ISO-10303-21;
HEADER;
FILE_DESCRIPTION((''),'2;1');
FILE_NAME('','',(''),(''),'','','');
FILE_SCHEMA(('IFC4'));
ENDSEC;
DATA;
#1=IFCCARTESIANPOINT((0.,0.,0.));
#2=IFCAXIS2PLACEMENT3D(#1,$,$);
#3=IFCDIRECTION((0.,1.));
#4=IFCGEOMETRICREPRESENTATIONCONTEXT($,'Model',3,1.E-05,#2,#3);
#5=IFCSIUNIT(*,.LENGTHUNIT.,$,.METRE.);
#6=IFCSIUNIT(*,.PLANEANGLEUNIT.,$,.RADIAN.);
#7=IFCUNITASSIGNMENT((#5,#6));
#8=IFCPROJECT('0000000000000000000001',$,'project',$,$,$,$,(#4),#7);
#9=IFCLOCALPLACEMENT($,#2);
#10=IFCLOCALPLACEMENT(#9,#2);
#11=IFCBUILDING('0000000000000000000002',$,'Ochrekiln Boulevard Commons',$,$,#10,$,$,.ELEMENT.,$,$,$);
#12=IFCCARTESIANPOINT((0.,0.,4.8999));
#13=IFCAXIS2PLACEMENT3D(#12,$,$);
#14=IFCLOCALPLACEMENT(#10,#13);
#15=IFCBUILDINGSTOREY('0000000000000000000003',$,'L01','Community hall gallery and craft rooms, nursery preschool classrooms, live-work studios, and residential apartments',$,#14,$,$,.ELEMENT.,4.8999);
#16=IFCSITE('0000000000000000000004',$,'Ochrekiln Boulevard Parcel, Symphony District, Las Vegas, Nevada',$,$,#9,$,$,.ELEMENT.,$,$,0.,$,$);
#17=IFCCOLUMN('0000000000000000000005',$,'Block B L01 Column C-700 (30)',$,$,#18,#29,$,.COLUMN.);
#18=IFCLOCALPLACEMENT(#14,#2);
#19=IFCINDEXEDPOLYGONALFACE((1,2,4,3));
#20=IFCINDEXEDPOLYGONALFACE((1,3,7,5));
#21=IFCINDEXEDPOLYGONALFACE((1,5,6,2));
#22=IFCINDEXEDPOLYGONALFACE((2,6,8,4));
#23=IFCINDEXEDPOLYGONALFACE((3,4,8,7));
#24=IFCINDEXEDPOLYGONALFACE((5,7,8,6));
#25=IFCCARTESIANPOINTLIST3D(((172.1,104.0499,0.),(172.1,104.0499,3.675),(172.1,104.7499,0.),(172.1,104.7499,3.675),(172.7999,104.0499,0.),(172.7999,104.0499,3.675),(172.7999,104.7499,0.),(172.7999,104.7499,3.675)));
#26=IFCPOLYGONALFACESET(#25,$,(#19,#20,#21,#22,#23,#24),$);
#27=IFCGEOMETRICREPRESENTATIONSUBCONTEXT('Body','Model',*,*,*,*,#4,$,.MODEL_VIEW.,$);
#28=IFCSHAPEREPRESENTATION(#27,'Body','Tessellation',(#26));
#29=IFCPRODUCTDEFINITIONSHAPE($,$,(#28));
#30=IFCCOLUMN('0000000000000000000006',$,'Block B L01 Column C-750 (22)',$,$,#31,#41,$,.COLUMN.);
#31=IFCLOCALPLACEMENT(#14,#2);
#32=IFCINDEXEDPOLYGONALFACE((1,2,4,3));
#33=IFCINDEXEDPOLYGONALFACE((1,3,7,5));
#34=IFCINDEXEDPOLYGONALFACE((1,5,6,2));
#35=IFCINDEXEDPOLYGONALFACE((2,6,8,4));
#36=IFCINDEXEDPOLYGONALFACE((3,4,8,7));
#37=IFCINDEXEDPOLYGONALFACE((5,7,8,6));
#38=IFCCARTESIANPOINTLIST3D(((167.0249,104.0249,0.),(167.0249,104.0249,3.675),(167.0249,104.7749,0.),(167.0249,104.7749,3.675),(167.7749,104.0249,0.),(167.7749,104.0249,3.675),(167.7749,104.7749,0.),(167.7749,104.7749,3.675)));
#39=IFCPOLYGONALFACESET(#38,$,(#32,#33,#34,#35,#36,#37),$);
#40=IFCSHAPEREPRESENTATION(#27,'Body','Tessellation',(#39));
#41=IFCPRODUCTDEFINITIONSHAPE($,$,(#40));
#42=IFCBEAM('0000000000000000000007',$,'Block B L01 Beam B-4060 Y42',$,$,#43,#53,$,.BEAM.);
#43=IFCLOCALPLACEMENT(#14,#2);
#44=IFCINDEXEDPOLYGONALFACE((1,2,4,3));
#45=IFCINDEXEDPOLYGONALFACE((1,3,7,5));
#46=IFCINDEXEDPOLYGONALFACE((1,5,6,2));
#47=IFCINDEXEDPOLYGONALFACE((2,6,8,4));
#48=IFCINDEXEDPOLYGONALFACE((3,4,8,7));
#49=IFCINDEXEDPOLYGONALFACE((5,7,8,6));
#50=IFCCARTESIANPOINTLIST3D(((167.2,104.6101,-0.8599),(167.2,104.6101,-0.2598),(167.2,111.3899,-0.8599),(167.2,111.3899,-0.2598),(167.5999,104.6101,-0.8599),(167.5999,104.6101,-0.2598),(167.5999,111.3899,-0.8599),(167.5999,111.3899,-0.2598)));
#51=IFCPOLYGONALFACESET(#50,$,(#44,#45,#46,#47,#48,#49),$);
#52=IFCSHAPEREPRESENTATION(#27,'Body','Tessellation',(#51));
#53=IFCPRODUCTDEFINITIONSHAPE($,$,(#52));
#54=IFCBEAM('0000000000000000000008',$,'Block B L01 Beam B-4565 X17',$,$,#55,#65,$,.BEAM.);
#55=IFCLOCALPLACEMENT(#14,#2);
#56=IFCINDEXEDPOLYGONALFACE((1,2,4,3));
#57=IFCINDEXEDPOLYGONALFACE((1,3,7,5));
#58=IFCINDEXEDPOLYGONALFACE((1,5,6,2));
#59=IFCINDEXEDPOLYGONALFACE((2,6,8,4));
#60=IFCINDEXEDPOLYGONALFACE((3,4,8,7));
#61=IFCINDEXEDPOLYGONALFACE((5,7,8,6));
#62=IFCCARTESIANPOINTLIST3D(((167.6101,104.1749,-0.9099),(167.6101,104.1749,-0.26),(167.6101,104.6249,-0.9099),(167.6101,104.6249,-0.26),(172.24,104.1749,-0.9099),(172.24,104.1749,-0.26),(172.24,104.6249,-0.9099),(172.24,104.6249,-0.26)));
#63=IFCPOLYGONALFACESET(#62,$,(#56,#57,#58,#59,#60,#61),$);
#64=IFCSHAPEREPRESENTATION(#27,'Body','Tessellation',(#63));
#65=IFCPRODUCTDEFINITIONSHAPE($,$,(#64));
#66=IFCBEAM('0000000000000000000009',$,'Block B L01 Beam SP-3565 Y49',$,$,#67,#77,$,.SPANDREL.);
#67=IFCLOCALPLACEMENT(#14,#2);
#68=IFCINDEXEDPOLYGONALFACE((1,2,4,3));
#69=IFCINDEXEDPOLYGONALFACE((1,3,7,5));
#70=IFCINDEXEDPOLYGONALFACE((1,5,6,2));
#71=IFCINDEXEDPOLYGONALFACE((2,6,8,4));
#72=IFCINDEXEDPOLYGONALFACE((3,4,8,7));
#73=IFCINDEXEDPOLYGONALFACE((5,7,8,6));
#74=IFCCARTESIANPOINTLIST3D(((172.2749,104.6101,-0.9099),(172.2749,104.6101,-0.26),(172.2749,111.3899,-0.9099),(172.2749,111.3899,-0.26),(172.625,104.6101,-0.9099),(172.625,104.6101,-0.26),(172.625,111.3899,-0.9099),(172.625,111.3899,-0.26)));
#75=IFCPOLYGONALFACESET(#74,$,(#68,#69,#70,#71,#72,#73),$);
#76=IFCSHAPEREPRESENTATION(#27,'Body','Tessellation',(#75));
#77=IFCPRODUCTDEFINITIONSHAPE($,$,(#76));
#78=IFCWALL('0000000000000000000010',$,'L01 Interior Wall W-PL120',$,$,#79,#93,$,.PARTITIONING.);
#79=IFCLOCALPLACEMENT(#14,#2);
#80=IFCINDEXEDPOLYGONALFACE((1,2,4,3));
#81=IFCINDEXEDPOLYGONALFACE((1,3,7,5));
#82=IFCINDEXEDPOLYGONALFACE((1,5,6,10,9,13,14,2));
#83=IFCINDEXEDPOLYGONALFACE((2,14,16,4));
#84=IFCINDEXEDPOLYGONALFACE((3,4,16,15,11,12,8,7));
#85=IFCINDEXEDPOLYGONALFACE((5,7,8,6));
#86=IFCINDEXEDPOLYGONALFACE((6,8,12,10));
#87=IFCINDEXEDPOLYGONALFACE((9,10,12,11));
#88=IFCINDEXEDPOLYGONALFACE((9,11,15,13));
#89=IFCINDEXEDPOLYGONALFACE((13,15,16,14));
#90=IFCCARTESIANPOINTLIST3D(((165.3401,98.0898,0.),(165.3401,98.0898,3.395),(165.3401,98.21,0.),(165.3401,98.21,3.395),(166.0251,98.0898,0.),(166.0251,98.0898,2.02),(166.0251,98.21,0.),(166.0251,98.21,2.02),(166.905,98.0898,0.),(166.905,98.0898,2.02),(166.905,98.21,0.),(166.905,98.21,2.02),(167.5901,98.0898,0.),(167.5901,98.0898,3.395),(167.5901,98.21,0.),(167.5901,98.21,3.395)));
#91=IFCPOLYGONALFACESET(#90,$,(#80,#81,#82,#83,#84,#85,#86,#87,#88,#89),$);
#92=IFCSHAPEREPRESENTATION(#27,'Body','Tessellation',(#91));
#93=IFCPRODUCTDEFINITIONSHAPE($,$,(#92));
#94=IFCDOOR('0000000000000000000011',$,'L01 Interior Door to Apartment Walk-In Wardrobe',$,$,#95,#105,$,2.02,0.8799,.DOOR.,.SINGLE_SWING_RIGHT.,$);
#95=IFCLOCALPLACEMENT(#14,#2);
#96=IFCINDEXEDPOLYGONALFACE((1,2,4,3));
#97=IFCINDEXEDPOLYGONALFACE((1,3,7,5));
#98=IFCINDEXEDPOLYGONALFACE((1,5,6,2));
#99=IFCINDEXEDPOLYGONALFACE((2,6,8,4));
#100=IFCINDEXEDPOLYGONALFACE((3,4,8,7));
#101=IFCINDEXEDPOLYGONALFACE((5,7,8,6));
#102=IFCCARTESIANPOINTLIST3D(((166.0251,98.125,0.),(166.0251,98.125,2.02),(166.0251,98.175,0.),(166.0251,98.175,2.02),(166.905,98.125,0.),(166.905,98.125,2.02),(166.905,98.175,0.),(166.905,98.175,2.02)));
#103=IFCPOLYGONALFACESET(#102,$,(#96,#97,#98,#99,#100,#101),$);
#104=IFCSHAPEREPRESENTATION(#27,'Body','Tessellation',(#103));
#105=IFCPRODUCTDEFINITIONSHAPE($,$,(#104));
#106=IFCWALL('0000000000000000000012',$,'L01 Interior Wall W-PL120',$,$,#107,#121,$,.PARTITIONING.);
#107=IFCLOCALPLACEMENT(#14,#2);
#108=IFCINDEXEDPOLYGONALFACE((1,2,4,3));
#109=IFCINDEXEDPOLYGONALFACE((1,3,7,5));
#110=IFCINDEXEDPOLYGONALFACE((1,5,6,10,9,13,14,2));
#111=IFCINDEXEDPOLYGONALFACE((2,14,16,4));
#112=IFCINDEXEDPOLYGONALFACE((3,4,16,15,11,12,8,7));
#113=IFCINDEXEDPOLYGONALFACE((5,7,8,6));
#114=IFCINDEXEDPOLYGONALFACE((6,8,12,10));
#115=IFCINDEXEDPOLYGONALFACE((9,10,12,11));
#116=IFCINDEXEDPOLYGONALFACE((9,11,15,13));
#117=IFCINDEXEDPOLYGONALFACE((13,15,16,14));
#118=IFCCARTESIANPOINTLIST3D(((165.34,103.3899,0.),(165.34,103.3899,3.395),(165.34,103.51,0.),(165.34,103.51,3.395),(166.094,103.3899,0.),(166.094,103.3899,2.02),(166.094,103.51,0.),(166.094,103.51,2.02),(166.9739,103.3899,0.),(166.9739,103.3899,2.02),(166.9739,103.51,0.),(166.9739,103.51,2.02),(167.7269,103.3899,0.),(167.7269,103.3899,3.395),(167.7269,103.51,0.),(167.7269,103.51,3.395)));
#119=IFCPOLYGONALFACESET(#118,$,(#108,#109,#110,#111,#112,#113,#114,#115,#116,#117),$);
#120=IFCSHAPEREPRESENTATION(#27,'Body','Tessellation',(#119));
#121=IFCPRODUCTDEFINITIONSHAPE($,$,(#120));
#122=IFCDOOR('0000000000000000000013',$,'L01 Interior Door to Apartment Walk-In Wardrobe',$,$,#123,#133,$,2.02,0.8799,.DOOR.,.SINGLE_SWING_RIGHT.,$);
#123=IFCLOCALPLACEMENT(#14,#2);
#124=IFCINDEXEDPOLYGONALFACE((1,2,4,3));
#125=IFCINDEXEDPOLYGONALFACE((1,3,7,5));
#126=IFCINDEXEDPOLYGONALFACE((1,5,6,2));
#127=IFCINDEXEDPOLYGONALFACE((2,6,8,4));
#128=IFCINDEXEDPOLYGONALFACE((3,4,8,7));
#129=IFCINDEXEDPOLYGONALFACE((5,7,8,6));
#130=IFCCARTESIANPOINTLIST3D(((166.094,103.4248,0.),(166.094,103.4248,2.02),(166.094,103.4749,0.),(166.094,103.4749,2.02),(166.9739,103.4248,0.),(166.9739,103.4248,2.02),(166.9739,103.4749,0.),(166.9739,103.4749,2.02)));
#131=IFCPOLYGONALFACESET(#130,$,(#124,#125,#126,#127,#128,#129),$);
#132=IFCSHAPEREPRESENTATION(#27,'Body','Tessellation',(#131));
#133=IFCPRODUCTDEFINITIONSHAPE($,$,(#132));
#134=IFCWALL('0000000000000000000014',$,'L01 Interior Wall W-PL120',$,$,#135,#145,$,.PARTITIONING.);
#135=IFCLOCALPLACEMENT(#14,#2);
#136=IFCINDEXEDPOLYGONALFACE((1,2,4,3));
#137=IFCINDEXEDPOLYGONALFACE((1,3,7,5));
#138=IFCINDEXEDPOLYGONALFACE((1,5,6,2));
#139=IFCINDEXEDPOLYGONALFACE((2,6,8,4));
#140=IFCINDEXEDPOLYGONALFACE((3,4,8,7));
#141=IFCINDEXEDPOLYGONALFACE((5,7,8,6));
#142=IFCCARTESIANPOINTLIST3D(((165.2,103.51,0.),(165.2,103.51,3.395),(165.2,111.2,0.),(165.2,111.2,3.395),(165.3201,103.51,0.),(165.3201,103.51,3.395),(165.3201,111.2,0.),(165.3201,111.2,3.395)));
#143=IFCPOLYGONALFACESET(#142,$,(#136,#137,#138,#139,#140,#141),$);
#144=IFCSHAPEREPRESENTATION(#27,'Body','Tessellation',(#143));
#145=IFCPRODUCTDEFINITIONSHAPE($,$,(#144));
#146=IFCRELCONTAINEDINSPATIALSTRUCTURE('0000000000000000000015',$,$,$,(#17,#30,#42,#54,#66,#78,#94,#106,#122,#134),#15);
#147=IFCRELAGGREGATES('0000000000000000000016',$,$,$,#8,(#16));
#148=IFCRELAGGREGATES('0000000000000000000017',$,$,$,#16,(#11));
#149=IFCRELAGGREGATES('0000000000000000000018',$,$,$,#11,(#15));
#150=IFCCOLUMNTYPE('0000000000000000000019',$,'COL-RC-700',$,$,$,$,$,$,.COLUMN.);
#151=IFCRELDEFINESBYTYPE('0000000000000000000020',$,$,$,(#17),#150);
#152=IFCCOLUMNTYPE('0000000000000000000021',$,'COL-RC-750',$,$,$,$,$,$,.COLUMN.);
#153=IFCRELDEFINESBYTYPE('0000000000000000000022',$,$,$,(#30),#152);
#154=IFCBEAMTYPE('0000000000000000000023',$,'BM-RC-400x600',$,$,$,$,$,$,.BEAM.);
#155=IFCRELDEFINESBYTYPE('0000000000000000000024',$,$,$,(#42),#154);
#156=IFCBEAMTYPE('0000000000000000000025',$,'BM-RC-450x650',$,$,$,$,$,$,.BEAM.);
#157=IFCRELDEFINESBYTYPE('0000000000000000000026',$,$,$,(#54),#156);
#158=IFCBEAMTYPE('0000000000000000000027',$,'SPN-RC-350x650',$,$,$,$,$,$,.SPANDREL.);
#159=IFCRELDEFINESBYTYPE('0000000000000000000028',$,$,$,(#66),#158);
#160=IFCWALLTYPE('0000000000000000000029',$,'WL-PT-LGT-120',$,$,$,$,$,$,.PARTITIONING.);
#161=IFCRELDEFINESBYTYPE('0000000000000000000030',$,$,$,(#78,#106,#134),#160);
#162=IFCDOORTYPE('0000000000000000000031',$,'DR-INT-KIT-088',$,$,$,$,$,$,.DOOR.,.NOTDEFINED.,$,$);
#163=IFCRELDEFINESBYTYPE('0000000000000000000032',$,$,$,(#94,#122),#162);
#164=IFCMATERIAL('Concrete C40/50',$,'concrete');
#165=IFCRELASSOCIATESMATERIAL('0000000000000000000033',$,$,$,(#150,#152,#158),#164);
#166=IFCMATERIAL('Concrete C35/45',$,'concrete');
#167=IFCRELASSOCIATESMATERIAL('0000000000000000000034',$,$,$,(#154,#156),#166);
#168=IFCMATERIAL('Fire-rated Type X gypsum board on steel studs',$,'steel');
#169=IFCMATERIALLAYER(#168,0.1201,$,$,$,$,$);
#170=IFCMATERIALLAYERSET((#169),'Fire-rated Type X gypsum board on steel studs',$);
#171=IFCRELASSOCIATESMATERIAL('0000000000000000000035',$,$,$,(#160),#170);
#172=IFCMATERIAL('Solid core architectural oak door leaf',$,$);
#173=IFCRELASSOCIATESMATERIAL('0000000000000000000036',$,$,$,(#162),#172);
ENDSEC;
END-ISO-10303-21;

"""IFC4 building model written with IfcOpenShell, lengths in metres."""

from ifc_helpers import new_model, si_unit, direction, frame, frame_2d, origin, origin_2d, place, context, subcontext, project, spatial, rectangle, extrude, material, layer, layer_set, material_profile, profile_set, type_object, element, fill, save


model = new_model("IFC4")

# Units and contexts
model_context = context("Model", 3, precision=1e-05, world=origin(), true_north=direction((0.0, 1.0)))
body_context = subcontext(model_context, "Body", "Model", "MODEL_VIEW")
ifc_project = project(units=[si_unit("LENGTHUNIT", "METRE"), si_unit("PLANEANGLEUNIT", "RADIAN")], contexts=[model_context])

# Site, building, storey
site_placement = place(None, origin())
site = spatial("IfcSite", under=ifc_project, at=site_placement, Name="Ochrekiln Boulevard Parcel, Symphony District, Las Vegas, Nevada", CompositionType="ELEMENT", RefElevation=0.0)
building_placement = place(site_placement, origin())
building = spatial("IfcBuilding", under=site, at=building_placement, Name="Ochrekiln Boulevard Commons", CompositionType="ELEMENT")
storey_placement = place(building_placement, frame((0.0, 0.0, 4.8999)))
storey = spatial("IfcBuildingStorey", under=building, at=storey_placement, Name="L01", Description="Community hall gallery and craft rooms, nursery preschool classrooms, live-work studios, and residential apartments", CompositionType="ELEMENT", Elevation=4.8999)

# Columns
ifc_material_1 = material(Name="Concrete C40/50", Category="concrete")
ifc_material_profile_1 = material_profile(ifc_material_1, rectangle(XDim=0.7, YDim=0.7, at=origin_2d()), Name="RC-COL-700x700")
ifc_profile_set_1 = profile_set([ifc_material_profile_1], Name="Concrete C40/50")
column_type_1 = type_object("IfcColumnType", Name="COL-RC-700", PredefinedType="COLUMN", material=ifc_profile_set_1)
column_1_placement = place(storey_placement, frame((172.45, 104.3999, 0.0), z_axis=(0.0, 0.0, 1.0), x_axis=(1.0, 0.0, 0.0)))
element("IfcColumn", 1, at=column_1_placement, inside=storey, type_object=column_type_1, Name="Block B L01 Column C-700 (30)", PredefinedType="COLUMN", context=body_context, shape_type="SweptSolid", body=[
    extrude(rectangle(XDim=0.7, YDim=0.7, at=origin_2d()), origin(), (0.0, 0.0, 1.0), 3.675),
])
ifc_material_profile_2 = material_profile(ifc_material_1, rectangle(XDim=0.75, YDim=0.75, at=origin_2d()), Name="RC-COL-750x750")
ifc_profile_set_2 = profile_set([ifc_material_profile_2], Name="Concrete C40/50")
column_type_2 = type_object("IfcColumnType", Name="COL-RC-750", PredefinedType="COLUMN", material=ifc_profile_set_2)
column_2_placement = place(storey_placement, frame((167.3999, 104.3999, 0.0), z_axis=(0.0, 0.0, 1.0), x_axis=(1.0, 0.0, 0.0)))
element("IfcColumn", 2, at=column_2_placement, inside=storey, type_object=column_type_2, Name="Block B L01 Column C-750 (22)", PredefinedType="COLUMN", context=body_context, shape_type="SweptSolid", body=[
    extrude(rectangle(XDim=0.75, YDim=0.75, at=origin_2d()), origin(), (0.0, 0.0, 1.0), 3.675),
])

# Beams
ifc_material_2 = material(Name="Concrete C35/45", Category="concrete")
ifc_material_profile_3 = material_profile(ifc_material_2, rectangle(XDim=0.3999, YDim=0.6001, at=origin_2d()), Name="RC-BM-400x600")
ifc_profile_set_3 = profile_set([ifc_material_profile_3], Name="Concrete C35/45")
beam_type_1 = type_object("IfcBeamType", Name="BM-RC-400x600", PredefinedType="BEAM", material=ifc_profile_set_3)
beam_1_placement = place(storey_placement, frame((167.3999, 104.6101, -0.5598), z_axis=(0.0, 1.0, 0.0), x_axis=(-1.0, 0.0, 0.0)))
element("IfcBeam", 3, at=beam_1_placement, inside=storey, type_object=beam_type_1, Name="Block B L01 Beam B-4060 Y42", PredefinedType="BEAM", context=body_context, shape_type="SweptSolid", body=[
    extrude(rectangle(XDim=0.3999, YDim=0.6001, at=origin_2d()), origin(), (0.0, 0.0, 1.0), 6.7798),
])
ifc_material_profile_4 = material_profile(ifc_material_2, rectangle(XDim=0.45, YDim=0.6499, at=origin_2d()), Name="RC-BM-450x650")
ifc_profile_set_4 = profile_set([ifc_material_profile_4], Name="Concrete C35/45")
beam_type_2 = type_object("IfcBeamType", Name="BM-RC-450x650", PredefinedType="BEAM", material=ifc_profile_set_4)
beam_2_placement = place(storey_placement, frame((167.6101, 104.3999, -0.585), z_axis=(1.0, 0.0, 0.0), x_axis=(0.0, 1.0, 0.0)))
element("IfcBeam", 4, at=beam_2_placement, inside=storey, type_object=beam_type_2, Name="Block B L01 Beam B-4565 X17", PredefinedType="BEAM", context=body_context, shape_type="SweptSolid", body=[
    extrude(rectangle(XDim=0.45, YDim=0.6499, at=origin_2d()), origin(), (0.0, 0.0, 1.0), 4.6299),
])
ifc_material_profile_5 = material_profile(ifc_material_1, rectangle(XDim=0.3501, YDim=0.6499, at=origin_2d()), Name="RC-SPN-350x650")
ifc_profile_set_5 = profile_set([ifc_material_profile_5], Name="Concrete C40/50")
beam_type_3 = type_object("IfcBeamType", Name="SPN-RC-350x650", PredefinedType="SPANDREL", material=ifc_profile_set_5)
beam_3_placement = place(storey_placement, frame((172.45, 104.6101, -0.585), z_axis=(0.0, 1.0, 0.0), x_axis=(-1.0, 0.0, 0.0)))
element("IfcBeam", 5, at=beam_3_placement, inside=storey, type_object=beam_type_3, Name="Block B L01 Beam SP-3565 Y49", PredefinedType="SPANDREL", context=body_context, shape_type="SweptSolid", body=[
    extrude(rectangle(XDim=0.3501, YDim=0.6499, at=origin_2d()), origin(), (0.0, 0.0, 1.0), 6.7798),
])

# Walls, openings, doors
ifc_material_3 = material(Name="Fire-rated Type X gypsum board on steel studs", Category="steel")
ifc_layer_1 = layer(ifc_material_3, 0.1201)
ifc_layer_set_1 = layer_set([ifc_layer_1], Name="Fire-rated Type X gypsum board on steel studs")
wall_type_1 = type_object("IfcWallType", Name="WL-PT-LGT-120", PredefinedType="PARTITIONING", material=ifc_layer_set_1)
wall_1_placement = place(storey_placement, frame((165.3401, 98.1499, 0.0), z_axis=(0.0, 0.0, 1.0), x_axis=(1.0, 0.0, 0.0)))
wall_1 = element("IfcWall", 6, at=wall_1_placement, inside=storey, type_object=wall_type_1, Name="L01 Interior Wall W-PL120", PredefinedType="PARTITIONING", context=body_context, shape_type="SweptSolid", body=[
    extrude(rectangle(XDim=2.25, YDim=0.1201, at=frame_2d((1.125, 0.0))), origin(), (0.0, 0.0, 1.0), 3.395),
])
opening_1_placement = place(wall_1_placement, frame((0.6851, 0.0, 0.0)))
opening_1 = element("IfcOpeningElement", 7, at=opening_1_placement, cuts=wall_1, PredefinedType="OPENING", context=body_context, shape_type="SweptSolid", body=[
    extrude(rectangle(XDim=0.8799, YDim=2.02, at=frame_2d((0.4399, 1.01))), frame((0.0, 0.0701, 0.0), z_axis=(0.0, -1.0, 0.0), x_axis=(1.0, 0.0, 0.0)), (0.0, 0.0, 1.0), 0.1401),
])
ifc_material_4 = material(Name="Solid core architectural oak door leaf")
door_type_1 = type_object("IfcDoorType", Name="DR-INT-KIT-088", OperationType="NOTDEFINED", PredefinedType="DOOR", material=ifc_material_4)
door_1_placement = place(opening_1_placement, frame((0.8799, 0.0, 0.0), z_axis=(0.0, 0.0, 1.0), x_axis=(-1.0, 0.0, 0.0)))
door_1 = element("IfcDoor", 8, at=door_1_placement, inside=storey, type_object=door_type_1, Name="L01 Interior Door to Apartment Walk-In Wardrobe", OperationType="SINGLE_SWING_RIGHT", OverallHeight=2.02, OverallWidth=0.8799, PredefinedType="DOOR", context=body_context, shape_type="SweptSolid", body=[
    extrude(rectangle(XDim=0.8799, YDim=2.02, at=frame_2d((0.4399, 1.01))), frame((0.0, 0.0249, 0.0), z_axis=(0.0, -1.0, 0.0), x_axis=(1.0, 0.0, 0.0)), (0.0, 0.0, 1.0), 0.05),
])
fill(opening_1, door_1)
wall_2_placement = place(storey_placement, frame((165.3401, 103.45, 0.0), z_axis=(0.0, 0.0, 1.0), x_axis=(1.0, 0.0, 0.0)))
wall_2 = element("IfcWall", 9, at=wall_2_placement, inside=storey, type_object=wall_type_1, Name="L01 Interior Wall W-PL120", PredefinedType="PARTITIONING", context=body_context, shape_type="SweptSolid", body=[
    extrude(rectangle(XDim=2.387, YDim=0.1201, at=frame_2d((1.1934, 0.0))), origin(), (0.0, 0.0, 1.0), 3.395),
])
opening_2_placement = place(wall_2_placement, frame((0.7539, 0.0, 0.0)))
opening_2 = element("IfcOpeningElement", 10, at=opening_2_placement, cuts=wall_2, PredefinedType="OPENING", context=body_context, shape_type="SweptSolid", body=[
    extrude(rectangle(XDim=0.8799, YDim=2.02, at=frame_2d((0.4399, 1.01))), frame((0.0, 0.0701, 0.0), z_axis=(0.0, -1.0, 0.0), x_axis=(1.0, 0.0, 0.0)), (0.0, 0.0, 1.0), 0.1401),
])
door_2_placement = place(opening_2_placement, origin())
door_2 = element("IfcDoor", 11, at=door_2_placement, inside=storey, type_object=door_type_1, Name="L01 Interior Door to Apartment Walk-In Wardrobe", OperationType="SINGLE_SWING_RIGHT", OverallHeight=2.02, OverallWidth=0.8799, PredefinedType="DOOR", context=body_context, shape_type="SweptSolid", body=[
    extrude(rectangle(XDim=0.8799, YDim=2.02, at=frame_2d((0.4399, 1.01))), frame((0.0, 0.0249, 0.0), z_axis=(0.0, -1.0, 0.0), x_axis=(1.0, 0.0, 0.0)), (0.0, 0.0, 1.0), 0.05),
])
fill(opening_2, door_2)

# Wall
wall_3_placement = place(storey_placement, frame((165.26, 103.51, 0.0), z_axis=(0.0, 0.0, 1.0), x_axis=(0.0, 1.0, 0.0)))
element("IfcWall", 12, at=wall_3_placement, inside=storey, type_object=wall_type_1, Name="L01 Interior Wall W-PL120", PredefinedType="PARTITIONING", context=body_context, shape_type="SweptSolid", body=[
    extrude(rectangle(XDim=7.6899, YDim=0.1201, at=frame_2d((3.845, 0.0))), origin(), (0.0, 0.0, 1.0), 3.395),
])

save(model, "model.ifc")
